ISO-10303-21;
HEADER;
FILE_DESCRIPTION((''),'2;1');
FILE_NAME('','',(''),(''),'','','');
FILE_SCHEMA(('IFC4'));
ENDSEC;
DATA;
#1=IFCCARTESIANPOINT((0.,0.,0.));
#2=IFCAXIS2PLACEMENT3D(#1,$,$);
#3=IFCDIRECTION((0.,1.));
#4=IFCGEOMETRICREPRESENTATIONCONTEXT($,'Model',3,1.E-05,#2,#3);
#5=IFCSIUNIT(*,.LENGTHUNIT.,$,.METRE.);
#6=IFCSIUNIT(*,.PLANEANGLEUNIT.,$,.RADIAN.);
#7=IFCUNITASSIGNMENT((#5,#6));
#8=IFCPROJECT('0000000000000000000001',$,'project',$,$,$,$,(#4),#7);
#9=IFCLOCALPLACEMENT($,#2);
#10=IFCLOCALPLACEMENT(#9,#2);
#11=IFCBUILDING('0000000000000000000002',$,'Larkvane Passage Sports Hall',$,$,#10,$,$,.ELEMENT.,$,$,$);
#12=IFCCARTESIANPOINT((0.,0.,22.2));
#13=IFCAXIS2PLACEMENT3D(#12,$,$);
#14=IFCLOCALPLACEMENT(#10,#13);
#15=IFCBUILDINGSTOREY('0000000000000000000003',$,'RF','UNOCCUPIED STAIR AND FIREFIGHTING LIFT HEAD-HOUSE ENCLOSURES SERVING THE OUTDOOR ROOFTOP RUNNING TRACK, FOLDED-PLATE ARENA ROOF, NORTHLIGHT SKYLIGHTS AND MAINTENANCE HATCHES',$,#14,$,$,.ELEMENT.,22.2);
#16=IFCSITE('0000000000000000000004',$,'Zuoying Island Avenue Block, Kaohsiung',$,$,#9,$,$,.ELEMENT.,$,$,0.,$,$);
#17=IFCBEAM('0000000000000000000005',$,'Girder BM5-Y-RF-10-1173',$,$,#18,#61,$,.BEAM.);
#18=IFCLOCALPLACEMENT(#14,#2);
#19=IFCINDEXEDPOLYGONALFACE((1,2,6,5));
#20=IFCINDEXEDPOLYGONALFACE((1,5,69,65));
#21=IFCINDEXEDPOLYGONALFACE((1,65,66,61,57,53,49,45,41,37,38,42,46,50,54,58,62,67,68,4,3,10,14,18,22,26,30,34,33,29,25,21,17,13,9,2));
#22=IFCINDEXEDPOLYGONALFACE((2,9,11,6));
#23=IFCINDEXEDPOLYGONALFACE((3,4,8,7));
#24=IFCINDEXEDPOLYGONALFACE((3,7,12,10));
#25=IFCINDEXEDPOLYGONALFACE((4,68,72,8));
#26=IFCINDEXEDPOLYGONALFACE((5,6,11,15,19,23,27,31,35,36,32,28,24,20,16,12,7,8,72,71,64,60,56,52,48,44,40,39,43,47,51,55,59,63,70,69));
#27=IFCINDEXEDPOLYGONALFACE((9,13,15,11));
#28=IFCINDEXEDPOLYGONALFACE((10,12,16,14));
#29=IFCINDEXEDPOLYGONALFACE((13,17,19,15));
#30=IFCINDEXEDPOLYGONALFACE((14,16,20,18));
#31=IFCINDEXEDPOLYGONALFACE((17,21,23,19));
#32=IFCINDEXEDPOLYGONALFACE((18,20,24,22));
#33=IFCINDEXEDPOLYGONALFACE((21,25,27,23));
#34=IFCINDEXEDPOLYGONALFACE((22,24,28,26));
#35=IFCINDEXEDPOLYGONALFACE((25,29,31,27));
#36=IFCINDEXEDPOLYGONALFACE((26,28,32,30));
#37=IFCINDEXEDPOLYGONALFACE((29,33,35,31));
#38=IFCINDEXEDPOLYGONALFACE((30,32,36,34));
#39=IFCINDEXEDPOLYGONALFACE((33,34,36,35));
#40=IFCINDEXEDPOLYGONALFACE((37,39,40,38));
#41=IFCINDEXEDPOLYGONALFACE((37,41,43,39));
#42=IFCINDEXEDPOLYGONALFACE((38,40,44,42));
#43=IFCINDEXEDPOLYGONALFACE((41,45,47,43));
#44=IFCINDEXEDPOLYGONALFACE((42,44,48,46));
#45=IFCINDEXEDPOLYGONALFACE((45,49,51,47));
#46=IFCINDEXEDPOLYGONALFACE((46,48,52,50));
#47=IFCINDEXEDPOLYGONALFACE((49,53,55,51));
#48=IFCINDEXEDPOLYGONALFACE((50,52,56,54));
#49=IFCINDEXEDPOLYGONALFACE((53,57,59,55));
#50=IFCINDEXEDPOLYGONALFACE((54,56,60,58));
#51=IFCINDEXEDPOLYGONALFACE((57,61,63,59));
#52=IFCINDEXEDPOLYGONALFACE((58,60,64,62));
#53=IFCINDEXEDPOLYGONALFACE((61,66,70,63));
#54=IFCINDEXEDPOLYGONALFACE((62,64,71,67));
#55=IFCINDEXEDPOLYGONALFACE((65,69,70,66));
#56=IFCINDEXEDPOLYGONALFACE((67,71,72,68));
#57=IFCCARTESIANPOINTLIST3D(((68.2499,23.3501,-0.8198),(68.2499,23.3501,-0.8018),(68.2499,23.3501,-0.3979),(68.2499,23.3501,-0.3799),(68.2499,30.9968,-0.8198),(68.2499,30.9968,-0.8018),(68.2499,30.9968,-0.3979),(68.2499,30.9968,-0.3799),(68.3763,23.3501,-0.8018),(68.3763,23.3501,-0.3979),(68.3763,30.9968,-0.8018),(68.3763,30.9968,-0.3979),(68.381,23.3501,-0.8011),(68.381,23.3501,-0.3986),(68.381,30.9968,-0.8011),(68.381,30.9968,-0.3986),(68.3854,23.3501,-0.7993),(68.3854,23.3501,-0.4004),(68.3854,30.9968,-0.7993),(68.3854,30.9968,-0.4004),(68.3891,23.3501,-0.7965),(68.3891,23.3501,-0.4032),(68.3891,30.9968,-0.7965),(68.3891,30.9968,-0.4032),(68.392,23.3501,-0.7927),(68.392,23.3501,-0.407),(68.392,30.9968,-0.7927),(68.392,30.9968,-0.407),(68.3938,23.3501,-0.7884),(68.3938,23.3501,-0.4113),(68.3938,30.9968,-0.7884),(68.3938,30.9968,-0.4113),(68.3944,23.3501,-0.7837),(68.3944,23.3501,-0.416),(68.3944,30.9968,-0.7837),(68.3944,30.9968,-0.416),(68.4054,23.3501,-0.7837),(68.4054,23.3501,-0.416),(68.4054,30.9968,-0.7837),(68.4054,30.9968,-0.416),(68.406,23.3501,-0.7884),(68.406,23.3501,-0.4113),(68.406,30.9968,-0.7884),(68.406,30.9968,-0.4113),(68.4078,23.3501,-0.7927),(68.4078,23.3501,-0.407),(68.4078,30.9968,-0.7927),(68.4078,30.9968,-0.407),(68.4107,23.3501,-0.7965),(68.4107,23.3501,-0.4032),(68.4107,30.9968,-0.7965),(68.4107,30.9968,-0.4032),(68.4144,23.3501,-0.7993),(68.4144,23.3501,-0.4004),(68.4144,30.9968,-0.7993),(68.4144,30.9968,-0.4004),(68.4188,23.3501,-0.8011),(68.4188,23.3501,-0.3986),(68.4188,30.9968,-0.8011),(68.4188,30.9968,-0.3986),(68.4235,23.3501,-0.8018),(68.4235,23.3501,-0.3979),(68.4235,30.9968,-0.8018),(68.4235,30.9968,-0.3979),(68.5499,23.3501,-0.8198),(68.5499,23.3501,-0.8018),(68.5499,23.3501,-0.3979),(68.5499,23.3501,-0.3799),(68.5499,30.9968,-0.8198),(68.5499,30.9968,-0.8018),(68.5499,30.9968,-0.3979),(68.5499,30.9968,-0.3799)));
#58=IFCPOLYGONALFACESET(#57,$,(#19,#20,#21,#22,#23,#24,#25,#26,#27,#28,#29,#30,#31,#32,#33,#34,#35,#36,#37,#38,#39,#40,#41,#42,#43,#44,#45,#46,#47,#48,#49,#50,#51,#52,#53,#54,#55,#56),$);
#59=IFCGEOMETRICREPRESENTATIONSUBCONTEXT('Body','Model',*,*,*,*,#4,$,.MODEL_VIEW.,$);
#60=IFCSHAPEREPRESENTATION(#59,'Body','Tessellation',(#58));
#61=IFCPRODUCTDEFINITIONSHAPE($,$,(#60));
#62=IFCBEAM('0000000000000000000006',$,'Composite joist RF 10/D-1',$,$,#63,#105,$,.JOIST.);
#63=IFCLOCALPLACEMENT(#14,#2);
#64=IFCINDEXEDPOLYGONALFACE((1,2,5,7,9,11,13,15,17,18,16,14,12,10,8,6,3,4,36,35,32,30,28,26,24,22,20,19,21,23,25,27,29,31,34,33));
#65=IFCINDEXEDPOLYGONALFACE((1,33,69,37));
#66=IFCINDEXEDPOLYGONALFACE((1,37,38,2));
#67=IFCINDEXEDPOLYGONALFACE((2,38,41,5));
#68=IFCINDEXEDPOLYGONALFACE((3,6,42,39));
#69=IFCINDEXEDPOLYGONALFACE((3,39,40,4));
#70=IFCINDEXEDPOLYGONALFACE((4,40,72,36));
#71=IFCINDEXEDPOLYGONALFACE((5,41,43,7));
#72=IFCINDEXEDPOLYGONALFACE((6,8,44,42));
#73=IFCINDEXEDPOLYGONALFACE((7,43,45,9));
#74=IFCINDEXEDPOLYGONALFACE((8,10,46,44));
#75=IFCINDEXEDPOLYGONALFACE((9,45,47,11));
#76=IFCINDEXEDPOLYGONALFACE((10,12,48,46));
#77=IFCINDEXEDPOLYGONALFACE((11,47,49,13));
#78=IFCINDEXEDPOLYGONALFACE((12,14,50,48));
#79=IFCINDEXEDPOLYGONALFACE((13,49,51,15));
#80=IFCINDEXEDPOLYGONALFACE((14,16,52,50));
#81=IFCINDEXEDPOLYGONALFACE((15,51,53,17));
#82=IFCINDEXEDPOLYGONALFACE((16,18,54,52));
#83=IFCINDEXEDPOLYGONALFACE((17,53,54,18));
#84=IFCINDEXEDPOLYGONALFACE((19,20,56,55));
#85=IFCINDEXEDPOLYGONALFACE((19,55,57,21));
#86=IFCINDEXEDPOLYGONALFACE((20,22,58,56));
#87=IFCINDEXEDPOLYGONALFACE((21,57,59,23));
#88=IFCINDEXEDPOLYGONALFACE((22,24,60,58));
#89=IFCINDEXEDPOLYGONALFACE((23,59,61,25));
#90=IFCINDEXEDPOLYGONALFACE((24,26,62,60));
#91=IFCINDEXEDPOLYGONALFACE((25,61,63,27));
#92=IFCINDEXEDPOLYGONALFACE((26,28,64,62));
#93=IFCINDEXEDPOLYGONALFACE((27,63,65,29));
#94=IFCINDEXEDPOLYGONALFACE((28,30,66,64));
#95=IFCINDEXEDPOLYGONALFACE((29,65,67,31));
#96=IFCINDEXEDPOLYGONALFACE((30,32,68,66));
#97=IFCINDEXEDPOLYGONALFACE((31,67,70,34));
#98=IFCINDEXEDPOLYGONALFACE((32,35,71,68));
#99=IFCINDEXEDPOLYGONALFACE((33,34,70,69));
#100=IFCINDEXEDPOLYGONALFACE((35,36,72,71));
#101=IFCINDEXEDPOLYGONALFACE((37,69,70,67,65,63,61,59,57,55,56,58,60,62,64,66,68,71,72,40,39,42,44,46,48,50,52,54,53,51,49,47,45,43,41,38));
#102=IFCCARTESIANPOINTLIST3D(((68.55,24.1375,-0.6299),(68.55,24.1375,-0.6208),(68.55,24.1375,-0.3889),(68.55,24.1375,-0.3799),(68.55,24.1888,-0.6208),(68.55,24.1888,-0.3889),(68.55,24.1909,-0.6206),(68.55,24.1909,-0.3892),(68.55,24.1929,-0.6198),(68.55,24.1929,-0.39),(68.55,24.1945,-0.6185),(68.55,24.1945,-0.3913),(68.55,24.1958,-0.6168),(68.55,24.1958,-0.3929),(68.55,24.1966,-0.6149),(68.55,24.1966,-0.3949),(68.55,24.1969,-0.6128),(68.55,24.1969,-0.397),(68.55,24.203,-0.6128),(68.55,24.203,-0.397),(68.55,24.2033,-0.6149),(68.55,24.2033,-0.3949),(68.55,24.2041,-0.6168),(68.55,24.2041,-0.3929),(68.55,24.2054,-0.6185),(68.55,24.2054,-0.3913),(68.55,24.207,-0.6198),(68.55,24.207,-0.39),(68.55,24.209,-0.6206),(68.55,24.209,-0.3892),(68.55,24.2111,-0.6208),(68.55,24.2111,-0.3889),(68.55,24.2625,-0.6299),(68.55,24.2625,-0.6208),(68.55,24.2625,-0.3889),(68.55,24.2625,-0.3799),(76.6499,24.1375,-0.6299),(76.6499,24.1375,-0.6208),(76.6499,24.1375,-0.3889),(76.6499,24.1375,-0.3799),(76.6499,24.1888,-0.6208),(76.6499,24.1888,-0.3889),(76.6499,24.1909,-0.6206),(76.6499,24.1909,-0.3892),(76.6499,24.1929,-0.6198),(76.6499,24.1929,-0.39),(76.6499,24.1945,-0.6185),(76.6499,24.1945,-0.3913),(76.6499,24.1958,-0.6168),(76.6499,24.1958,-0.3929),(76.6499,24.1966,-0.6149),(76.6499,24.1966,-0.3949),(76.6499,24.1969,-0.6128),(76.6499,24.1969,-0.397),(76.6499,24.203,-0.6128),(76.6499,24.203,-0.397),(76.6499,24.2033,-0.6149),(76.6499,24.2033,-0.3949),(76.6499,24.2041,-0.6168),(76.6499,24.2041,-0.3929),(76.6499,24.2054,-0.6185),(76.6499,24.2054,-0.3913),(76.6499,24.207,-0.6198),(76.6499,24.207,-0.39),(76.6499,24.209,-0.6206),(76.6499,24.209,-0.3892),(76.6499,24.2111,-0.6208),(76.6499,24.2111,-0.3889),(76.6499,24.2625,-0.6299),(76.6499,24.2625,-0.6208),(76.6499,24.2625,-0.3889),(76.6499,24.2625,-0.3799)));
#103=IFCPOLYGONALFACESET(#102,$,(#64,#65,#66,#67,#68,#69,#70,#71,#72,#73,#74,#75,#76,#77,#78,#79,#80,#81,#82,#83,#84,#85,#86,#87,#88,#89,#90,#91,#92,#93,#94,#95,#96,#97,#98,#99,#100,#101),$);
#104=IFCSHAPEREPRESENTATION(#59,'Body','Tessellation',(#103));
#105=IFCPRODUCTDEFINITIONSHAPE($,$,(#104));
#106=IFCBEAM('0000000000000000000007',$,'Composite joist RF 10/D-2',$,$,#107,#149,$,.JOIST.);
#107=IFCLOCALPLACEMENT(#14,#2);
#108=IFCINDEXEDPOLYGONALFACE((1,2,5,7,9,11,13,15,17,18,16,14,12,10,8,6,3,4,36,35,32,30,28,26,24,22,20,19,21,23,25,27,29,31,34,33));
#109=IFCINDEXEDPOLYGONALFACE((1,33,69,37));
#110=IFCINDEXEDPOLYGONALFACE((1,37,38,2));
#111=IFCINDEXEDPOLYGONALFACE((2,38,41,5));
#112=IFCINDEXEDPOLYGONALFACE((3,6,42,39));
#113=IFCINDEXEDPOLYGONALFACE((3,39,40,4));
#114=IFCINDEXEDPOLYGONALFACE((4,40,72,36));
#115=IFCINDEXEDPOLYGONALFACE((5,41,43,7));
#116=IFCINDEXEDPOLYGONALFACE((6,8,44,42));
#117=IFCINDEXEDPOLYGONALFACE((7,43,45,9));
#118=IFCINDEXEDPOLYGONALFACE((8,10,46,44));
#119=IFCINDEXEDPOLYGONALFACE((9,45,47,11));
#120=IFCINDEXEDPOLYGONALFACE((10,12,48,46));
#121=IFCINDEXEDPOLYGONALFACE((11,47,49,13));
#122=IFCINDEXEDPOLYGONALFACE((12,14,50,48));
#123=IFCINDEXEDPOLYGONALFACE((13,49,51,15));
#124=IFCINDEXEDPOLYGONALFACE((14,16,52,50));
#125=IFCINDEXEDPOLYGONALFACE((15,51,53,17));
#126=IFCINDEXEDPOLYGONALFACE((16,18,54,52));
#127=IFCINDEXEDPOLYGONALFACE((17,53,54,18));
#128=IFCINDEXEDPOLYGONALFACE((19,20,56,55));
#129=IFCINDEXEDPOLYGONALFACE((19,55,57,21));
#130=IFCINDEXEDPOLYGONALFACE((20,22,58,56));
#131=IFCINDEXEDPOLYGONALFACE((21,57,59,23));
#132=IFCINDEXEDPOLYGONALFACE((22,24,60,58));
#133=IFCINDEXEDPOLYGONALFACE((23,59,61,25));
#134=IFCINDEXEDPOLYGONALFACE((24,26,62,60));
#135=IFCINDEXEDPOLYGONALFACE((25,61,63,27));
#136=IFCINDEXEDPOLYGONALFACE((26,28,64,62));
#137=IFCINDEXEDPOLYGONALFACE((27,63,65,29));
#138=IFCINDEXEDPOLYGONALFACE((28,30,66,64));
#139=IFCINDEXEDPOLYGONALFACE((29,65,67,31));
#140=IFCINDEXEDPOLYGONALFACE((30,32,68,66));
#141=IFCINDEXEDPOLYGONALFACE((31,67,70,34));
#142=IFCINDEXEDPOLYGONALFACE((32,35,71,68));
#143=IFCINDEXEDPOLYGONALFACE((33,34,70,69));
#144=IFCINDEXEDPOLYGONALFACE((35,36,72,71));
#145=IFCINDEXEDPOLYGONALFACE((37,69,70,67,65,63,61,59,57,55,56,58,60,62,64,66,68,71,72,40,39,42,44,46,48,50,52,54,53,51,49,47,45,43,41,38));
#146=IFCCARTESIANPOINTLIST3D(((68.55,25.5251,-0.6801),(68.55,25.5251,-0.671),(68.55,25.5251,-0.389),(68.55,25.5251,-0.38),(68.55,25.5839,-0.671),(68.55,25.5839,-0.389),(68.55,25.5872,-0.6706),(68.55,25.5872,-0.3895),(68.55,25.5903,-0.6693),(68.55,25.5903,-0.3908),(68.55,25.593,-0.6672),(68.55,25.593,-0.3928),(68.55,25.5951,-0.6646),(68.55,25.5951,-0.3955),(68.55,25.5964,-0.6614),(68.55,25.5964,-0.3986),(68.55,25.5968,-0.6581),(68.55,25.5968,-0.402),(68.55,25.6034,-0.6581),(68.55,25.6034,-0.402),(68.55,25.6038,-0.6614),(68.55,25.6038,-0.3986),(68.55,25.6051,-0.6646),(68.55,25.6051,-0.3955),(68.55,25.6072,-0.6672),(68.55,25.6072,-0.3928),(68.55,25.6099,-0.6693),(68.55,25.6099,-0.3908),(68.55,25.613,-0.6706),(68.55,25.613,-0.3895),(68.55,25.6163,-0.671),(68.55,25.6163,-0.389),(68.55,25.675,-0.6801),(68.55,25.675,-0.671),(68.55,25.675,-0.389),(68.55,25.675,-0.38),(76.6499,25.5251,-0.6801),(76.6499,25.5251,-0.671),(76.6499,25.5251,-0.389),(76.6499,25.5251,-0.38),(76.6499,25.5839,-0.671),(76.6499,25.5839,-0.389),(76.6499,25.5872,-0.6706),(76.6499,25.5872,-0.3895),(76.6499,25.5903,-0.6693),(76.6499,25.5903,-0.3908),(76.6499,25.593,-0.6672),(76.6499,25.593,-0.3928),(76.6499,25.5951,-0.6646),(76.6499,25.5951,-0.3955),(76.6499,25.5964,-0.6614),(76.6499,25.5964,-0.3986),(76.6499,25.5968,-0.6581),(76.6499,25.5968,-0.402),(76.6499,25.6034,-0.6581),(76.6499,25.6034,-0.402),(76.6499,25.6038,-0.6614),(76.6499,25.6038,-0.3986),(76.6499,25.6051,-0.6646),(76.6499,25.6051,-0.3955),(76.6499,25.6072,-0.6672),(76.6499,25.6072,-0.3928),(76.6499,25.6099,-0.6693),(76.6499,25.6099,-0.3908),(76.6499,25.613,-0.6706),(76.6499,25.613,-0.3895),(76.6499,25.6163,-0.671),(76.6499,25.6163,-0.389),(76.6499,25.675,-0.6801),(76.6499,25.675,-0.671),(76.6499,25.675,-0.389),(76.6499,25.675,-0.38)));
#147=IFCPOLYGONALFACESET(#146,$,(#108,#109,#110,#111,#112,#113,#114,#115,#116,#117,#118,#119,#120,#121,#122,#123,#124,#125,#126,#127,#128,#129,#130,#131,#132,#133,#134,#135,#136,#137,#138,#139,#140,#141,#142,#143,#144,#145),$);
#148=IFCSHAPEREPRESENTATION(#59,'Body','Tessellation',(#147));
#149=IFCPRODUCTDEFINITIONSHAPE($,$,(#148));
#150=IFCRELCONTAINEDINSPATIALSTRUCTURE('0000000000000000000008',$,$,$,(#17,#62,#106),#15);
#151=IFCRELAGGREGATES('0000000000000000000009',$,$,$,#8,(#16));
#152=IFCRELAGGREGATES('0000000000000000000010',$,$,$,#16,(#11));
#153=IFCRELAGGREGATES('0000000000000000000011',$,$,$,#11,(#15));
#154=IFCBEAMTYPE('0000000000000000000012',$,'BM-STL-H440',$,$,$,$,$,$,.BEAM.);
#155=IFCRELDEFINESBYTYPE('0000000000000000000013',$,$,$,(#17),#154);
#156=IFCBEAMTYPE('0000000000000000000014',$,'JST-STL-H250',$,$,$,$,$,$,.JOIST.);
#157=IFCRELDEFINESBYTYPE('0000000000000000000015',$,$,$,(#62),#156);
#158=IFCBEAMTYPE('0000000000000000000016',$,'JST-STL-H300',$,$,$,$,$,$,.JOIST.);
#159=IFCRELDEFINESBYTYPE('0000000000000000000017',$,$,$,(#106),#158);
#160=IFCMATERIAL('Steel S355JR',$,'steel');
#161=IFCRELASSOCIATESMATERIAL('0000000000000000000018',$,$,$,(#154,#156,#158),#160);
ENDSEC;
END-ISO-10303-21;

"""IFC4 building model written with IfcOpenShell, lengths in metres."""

from ifc_helpers import new_model, si_unit, direction, frame, origin, origin_2d, place, context, subcontext, project, spatial, i_section, extrude, material, material_profile, profile_set, type_object, element, save


model = new_model("IFC4")

# Units and contexts
model_context = context("Model", 3, precision=1e-05, world=origin(), true_north=direction((0.0, 1.0)))
body_context = subcontext(model_context, "Body", "Model", "MODEL_VIEW")
ifc_project = project(units=[si_unit("LENGTHUNIT", "METRE"), si_unit("PLANEANGLEUNIT", "RADIAN")], contexts=[model_context])

# Site, building, storey
site_placement = place(None, origin())
site = spatial("IfcSite", under=ifc_project, at=site_placement, Name="Zuoying Island Avenue Block, Kaohsiung", CompositionType="ELEMENT", RefElevation=0.0)
building_placement = place(site_placement, origin())
building = spatial("IfcBuilding", under=site, at=building_placement, Name="Larkvane Passage Sports Hall", CompositionType="ELEMENT")
storey_placement = place(building_placement, frame((0.0, 0.0, 22.2)))
storey = spatial("IfcBuildingStorey", under=building, at=storey_placement, Name="RF", Description="UNOCCUPIED STAIR AND FIREFIGHTING LIFT HEAD-HOUSE ENCLOSURES SERVING THE OUTDOOR ROOFTOP RUNNING TRACK, FOLDED-PLATE ARENA ROOF, NORTHLIGHT SKYLIGHTS AND MAINTENANCE HATCHES", CompositionType="ELEMENT", Elevation=22.2)

# Beams
ifc_material_1 = material(Name="Steel S355JR", Category="steel")
ifc_material_profile_1 = material_profile(ifc_material_1, i_section(OverallWidth=0.3, OverallDepth=0.4399, WebThickness=0.011, FlangeThickness=0.0181, FilletRadius=0.0181, at=origin_2d()), Name="H-440x300x11x18")
ifc_profile_set_1 = profile_set([ifc_material_profile_1], Name="Steel S355JR")
beam_type_1 = type_object("IfcBeamType", Name="BM-STL-H440", PredefinedType="BEAM", material=ifc_profile_set_1)
beam_1_placement = place(storey_placement, frame((68.3999, 23.3501, -0.5999), z_axis=(0.0, 1.0, 0.0), x_axis=(-1.0, 0.0, 0.0)))
element("IfcBeam", 1, at=beam_1_placement, inside=storey, type_object=beam_type_1, Name="Girder BM5-Y-RF-10-1173", PredefinedType="BEAM", context=body_context, shape_type="SweptSolid", body=[
    extrude(i_section(OverallWidth=0.3, OverallDepth=0.4399, WebThickness=0.011, FlangeThickness=0.0181, FilletRadius=0.0181, at=origin_2d()), origin(), (0.0, 0.0, 1.0), 7.6467),
])
ifc_material_profile_2 = material_profile(ifc_material_1, i_section(OverallWidth=0.125, OverallDepth=0.25, WebThickness=0.0061, FlangeThickness=0.009, FilletRadius=0.0081, at=origin_2d()), Name="H-250x125x6x9")
ifc_profile_set_2 = profile_set([ifc_material_profile_2], Name="Steel S355JR")
beam_type_2 = type_object("IfcBeamType", Name="JST-STL-H250", PredefinedType="JOIST", material=ifc_profile_set_2)
beam_2_placement = place(storey_placement, frame((68.55, 24.2, -0.5049), z_axis=(1.0, 0.0, 0.0), x_axis=(0.0, 1.0, 0.0)))
element("IfcBeam", 2, at=beam_2_placement, inside=storey, type_object=beam_type_2, Name="Composite joist RF 10/D-1", PredefinedType="JOIST", context=body_context, shape_type="SweptSolid", body=[
    extrude(i_section(OverallWidth=0.125, OverallDepth=0.25, WebThickness=0.0061, FlangeThickness=0.009, FilletRadius=0.0081, at=origin_2d()), origin(), (0.0, 0.0, 1.0), 8.0999),
])
ifc_material_profile_3 = material_profile(ifc_material_1, i_section(OverallWidth=0.1499, OverallDepth=0.3, WebThickness=0.0066, FlangeThickness=0.009, FilletRadius=0.0129, at=origin_2d()), Name="H-300x150x6.5x9")
ifc_profile_set_3 = profile_set([ifc_material_profile_3], Name="Steel S355JR")
beam_type_3 = type_object("IfcBeamType", Name="JST-STL-H300", PredefinedType="JOIST", material=ifc_profile_set_3)
beam_3_placement = place(storey_placement, frame((68.55, 25.6001, -0.53), z_axis=(1.0, 0.0, 0.0), x_axis=(0.0, 1.0, 0.0)))
element("IfcBeam", 3, at=beam_3_placement, inside=storey, type_object=beam_type_3, Name="Composite joist RF 10/D-2", PredefinedType="JOIST", context=body_context, shape_type="SweptSolid", body=[
    extrude(i_section(OverallWidth=0.1499, OverallDepth=0.3, WebThickness=0.0066, FlangeThickness=0.009, FilletRadius=0.0129, at=origin_2d()), origin(), (0.0, 0.0, 1.0), 8.0999),
])

save(model, "model.ifc")
